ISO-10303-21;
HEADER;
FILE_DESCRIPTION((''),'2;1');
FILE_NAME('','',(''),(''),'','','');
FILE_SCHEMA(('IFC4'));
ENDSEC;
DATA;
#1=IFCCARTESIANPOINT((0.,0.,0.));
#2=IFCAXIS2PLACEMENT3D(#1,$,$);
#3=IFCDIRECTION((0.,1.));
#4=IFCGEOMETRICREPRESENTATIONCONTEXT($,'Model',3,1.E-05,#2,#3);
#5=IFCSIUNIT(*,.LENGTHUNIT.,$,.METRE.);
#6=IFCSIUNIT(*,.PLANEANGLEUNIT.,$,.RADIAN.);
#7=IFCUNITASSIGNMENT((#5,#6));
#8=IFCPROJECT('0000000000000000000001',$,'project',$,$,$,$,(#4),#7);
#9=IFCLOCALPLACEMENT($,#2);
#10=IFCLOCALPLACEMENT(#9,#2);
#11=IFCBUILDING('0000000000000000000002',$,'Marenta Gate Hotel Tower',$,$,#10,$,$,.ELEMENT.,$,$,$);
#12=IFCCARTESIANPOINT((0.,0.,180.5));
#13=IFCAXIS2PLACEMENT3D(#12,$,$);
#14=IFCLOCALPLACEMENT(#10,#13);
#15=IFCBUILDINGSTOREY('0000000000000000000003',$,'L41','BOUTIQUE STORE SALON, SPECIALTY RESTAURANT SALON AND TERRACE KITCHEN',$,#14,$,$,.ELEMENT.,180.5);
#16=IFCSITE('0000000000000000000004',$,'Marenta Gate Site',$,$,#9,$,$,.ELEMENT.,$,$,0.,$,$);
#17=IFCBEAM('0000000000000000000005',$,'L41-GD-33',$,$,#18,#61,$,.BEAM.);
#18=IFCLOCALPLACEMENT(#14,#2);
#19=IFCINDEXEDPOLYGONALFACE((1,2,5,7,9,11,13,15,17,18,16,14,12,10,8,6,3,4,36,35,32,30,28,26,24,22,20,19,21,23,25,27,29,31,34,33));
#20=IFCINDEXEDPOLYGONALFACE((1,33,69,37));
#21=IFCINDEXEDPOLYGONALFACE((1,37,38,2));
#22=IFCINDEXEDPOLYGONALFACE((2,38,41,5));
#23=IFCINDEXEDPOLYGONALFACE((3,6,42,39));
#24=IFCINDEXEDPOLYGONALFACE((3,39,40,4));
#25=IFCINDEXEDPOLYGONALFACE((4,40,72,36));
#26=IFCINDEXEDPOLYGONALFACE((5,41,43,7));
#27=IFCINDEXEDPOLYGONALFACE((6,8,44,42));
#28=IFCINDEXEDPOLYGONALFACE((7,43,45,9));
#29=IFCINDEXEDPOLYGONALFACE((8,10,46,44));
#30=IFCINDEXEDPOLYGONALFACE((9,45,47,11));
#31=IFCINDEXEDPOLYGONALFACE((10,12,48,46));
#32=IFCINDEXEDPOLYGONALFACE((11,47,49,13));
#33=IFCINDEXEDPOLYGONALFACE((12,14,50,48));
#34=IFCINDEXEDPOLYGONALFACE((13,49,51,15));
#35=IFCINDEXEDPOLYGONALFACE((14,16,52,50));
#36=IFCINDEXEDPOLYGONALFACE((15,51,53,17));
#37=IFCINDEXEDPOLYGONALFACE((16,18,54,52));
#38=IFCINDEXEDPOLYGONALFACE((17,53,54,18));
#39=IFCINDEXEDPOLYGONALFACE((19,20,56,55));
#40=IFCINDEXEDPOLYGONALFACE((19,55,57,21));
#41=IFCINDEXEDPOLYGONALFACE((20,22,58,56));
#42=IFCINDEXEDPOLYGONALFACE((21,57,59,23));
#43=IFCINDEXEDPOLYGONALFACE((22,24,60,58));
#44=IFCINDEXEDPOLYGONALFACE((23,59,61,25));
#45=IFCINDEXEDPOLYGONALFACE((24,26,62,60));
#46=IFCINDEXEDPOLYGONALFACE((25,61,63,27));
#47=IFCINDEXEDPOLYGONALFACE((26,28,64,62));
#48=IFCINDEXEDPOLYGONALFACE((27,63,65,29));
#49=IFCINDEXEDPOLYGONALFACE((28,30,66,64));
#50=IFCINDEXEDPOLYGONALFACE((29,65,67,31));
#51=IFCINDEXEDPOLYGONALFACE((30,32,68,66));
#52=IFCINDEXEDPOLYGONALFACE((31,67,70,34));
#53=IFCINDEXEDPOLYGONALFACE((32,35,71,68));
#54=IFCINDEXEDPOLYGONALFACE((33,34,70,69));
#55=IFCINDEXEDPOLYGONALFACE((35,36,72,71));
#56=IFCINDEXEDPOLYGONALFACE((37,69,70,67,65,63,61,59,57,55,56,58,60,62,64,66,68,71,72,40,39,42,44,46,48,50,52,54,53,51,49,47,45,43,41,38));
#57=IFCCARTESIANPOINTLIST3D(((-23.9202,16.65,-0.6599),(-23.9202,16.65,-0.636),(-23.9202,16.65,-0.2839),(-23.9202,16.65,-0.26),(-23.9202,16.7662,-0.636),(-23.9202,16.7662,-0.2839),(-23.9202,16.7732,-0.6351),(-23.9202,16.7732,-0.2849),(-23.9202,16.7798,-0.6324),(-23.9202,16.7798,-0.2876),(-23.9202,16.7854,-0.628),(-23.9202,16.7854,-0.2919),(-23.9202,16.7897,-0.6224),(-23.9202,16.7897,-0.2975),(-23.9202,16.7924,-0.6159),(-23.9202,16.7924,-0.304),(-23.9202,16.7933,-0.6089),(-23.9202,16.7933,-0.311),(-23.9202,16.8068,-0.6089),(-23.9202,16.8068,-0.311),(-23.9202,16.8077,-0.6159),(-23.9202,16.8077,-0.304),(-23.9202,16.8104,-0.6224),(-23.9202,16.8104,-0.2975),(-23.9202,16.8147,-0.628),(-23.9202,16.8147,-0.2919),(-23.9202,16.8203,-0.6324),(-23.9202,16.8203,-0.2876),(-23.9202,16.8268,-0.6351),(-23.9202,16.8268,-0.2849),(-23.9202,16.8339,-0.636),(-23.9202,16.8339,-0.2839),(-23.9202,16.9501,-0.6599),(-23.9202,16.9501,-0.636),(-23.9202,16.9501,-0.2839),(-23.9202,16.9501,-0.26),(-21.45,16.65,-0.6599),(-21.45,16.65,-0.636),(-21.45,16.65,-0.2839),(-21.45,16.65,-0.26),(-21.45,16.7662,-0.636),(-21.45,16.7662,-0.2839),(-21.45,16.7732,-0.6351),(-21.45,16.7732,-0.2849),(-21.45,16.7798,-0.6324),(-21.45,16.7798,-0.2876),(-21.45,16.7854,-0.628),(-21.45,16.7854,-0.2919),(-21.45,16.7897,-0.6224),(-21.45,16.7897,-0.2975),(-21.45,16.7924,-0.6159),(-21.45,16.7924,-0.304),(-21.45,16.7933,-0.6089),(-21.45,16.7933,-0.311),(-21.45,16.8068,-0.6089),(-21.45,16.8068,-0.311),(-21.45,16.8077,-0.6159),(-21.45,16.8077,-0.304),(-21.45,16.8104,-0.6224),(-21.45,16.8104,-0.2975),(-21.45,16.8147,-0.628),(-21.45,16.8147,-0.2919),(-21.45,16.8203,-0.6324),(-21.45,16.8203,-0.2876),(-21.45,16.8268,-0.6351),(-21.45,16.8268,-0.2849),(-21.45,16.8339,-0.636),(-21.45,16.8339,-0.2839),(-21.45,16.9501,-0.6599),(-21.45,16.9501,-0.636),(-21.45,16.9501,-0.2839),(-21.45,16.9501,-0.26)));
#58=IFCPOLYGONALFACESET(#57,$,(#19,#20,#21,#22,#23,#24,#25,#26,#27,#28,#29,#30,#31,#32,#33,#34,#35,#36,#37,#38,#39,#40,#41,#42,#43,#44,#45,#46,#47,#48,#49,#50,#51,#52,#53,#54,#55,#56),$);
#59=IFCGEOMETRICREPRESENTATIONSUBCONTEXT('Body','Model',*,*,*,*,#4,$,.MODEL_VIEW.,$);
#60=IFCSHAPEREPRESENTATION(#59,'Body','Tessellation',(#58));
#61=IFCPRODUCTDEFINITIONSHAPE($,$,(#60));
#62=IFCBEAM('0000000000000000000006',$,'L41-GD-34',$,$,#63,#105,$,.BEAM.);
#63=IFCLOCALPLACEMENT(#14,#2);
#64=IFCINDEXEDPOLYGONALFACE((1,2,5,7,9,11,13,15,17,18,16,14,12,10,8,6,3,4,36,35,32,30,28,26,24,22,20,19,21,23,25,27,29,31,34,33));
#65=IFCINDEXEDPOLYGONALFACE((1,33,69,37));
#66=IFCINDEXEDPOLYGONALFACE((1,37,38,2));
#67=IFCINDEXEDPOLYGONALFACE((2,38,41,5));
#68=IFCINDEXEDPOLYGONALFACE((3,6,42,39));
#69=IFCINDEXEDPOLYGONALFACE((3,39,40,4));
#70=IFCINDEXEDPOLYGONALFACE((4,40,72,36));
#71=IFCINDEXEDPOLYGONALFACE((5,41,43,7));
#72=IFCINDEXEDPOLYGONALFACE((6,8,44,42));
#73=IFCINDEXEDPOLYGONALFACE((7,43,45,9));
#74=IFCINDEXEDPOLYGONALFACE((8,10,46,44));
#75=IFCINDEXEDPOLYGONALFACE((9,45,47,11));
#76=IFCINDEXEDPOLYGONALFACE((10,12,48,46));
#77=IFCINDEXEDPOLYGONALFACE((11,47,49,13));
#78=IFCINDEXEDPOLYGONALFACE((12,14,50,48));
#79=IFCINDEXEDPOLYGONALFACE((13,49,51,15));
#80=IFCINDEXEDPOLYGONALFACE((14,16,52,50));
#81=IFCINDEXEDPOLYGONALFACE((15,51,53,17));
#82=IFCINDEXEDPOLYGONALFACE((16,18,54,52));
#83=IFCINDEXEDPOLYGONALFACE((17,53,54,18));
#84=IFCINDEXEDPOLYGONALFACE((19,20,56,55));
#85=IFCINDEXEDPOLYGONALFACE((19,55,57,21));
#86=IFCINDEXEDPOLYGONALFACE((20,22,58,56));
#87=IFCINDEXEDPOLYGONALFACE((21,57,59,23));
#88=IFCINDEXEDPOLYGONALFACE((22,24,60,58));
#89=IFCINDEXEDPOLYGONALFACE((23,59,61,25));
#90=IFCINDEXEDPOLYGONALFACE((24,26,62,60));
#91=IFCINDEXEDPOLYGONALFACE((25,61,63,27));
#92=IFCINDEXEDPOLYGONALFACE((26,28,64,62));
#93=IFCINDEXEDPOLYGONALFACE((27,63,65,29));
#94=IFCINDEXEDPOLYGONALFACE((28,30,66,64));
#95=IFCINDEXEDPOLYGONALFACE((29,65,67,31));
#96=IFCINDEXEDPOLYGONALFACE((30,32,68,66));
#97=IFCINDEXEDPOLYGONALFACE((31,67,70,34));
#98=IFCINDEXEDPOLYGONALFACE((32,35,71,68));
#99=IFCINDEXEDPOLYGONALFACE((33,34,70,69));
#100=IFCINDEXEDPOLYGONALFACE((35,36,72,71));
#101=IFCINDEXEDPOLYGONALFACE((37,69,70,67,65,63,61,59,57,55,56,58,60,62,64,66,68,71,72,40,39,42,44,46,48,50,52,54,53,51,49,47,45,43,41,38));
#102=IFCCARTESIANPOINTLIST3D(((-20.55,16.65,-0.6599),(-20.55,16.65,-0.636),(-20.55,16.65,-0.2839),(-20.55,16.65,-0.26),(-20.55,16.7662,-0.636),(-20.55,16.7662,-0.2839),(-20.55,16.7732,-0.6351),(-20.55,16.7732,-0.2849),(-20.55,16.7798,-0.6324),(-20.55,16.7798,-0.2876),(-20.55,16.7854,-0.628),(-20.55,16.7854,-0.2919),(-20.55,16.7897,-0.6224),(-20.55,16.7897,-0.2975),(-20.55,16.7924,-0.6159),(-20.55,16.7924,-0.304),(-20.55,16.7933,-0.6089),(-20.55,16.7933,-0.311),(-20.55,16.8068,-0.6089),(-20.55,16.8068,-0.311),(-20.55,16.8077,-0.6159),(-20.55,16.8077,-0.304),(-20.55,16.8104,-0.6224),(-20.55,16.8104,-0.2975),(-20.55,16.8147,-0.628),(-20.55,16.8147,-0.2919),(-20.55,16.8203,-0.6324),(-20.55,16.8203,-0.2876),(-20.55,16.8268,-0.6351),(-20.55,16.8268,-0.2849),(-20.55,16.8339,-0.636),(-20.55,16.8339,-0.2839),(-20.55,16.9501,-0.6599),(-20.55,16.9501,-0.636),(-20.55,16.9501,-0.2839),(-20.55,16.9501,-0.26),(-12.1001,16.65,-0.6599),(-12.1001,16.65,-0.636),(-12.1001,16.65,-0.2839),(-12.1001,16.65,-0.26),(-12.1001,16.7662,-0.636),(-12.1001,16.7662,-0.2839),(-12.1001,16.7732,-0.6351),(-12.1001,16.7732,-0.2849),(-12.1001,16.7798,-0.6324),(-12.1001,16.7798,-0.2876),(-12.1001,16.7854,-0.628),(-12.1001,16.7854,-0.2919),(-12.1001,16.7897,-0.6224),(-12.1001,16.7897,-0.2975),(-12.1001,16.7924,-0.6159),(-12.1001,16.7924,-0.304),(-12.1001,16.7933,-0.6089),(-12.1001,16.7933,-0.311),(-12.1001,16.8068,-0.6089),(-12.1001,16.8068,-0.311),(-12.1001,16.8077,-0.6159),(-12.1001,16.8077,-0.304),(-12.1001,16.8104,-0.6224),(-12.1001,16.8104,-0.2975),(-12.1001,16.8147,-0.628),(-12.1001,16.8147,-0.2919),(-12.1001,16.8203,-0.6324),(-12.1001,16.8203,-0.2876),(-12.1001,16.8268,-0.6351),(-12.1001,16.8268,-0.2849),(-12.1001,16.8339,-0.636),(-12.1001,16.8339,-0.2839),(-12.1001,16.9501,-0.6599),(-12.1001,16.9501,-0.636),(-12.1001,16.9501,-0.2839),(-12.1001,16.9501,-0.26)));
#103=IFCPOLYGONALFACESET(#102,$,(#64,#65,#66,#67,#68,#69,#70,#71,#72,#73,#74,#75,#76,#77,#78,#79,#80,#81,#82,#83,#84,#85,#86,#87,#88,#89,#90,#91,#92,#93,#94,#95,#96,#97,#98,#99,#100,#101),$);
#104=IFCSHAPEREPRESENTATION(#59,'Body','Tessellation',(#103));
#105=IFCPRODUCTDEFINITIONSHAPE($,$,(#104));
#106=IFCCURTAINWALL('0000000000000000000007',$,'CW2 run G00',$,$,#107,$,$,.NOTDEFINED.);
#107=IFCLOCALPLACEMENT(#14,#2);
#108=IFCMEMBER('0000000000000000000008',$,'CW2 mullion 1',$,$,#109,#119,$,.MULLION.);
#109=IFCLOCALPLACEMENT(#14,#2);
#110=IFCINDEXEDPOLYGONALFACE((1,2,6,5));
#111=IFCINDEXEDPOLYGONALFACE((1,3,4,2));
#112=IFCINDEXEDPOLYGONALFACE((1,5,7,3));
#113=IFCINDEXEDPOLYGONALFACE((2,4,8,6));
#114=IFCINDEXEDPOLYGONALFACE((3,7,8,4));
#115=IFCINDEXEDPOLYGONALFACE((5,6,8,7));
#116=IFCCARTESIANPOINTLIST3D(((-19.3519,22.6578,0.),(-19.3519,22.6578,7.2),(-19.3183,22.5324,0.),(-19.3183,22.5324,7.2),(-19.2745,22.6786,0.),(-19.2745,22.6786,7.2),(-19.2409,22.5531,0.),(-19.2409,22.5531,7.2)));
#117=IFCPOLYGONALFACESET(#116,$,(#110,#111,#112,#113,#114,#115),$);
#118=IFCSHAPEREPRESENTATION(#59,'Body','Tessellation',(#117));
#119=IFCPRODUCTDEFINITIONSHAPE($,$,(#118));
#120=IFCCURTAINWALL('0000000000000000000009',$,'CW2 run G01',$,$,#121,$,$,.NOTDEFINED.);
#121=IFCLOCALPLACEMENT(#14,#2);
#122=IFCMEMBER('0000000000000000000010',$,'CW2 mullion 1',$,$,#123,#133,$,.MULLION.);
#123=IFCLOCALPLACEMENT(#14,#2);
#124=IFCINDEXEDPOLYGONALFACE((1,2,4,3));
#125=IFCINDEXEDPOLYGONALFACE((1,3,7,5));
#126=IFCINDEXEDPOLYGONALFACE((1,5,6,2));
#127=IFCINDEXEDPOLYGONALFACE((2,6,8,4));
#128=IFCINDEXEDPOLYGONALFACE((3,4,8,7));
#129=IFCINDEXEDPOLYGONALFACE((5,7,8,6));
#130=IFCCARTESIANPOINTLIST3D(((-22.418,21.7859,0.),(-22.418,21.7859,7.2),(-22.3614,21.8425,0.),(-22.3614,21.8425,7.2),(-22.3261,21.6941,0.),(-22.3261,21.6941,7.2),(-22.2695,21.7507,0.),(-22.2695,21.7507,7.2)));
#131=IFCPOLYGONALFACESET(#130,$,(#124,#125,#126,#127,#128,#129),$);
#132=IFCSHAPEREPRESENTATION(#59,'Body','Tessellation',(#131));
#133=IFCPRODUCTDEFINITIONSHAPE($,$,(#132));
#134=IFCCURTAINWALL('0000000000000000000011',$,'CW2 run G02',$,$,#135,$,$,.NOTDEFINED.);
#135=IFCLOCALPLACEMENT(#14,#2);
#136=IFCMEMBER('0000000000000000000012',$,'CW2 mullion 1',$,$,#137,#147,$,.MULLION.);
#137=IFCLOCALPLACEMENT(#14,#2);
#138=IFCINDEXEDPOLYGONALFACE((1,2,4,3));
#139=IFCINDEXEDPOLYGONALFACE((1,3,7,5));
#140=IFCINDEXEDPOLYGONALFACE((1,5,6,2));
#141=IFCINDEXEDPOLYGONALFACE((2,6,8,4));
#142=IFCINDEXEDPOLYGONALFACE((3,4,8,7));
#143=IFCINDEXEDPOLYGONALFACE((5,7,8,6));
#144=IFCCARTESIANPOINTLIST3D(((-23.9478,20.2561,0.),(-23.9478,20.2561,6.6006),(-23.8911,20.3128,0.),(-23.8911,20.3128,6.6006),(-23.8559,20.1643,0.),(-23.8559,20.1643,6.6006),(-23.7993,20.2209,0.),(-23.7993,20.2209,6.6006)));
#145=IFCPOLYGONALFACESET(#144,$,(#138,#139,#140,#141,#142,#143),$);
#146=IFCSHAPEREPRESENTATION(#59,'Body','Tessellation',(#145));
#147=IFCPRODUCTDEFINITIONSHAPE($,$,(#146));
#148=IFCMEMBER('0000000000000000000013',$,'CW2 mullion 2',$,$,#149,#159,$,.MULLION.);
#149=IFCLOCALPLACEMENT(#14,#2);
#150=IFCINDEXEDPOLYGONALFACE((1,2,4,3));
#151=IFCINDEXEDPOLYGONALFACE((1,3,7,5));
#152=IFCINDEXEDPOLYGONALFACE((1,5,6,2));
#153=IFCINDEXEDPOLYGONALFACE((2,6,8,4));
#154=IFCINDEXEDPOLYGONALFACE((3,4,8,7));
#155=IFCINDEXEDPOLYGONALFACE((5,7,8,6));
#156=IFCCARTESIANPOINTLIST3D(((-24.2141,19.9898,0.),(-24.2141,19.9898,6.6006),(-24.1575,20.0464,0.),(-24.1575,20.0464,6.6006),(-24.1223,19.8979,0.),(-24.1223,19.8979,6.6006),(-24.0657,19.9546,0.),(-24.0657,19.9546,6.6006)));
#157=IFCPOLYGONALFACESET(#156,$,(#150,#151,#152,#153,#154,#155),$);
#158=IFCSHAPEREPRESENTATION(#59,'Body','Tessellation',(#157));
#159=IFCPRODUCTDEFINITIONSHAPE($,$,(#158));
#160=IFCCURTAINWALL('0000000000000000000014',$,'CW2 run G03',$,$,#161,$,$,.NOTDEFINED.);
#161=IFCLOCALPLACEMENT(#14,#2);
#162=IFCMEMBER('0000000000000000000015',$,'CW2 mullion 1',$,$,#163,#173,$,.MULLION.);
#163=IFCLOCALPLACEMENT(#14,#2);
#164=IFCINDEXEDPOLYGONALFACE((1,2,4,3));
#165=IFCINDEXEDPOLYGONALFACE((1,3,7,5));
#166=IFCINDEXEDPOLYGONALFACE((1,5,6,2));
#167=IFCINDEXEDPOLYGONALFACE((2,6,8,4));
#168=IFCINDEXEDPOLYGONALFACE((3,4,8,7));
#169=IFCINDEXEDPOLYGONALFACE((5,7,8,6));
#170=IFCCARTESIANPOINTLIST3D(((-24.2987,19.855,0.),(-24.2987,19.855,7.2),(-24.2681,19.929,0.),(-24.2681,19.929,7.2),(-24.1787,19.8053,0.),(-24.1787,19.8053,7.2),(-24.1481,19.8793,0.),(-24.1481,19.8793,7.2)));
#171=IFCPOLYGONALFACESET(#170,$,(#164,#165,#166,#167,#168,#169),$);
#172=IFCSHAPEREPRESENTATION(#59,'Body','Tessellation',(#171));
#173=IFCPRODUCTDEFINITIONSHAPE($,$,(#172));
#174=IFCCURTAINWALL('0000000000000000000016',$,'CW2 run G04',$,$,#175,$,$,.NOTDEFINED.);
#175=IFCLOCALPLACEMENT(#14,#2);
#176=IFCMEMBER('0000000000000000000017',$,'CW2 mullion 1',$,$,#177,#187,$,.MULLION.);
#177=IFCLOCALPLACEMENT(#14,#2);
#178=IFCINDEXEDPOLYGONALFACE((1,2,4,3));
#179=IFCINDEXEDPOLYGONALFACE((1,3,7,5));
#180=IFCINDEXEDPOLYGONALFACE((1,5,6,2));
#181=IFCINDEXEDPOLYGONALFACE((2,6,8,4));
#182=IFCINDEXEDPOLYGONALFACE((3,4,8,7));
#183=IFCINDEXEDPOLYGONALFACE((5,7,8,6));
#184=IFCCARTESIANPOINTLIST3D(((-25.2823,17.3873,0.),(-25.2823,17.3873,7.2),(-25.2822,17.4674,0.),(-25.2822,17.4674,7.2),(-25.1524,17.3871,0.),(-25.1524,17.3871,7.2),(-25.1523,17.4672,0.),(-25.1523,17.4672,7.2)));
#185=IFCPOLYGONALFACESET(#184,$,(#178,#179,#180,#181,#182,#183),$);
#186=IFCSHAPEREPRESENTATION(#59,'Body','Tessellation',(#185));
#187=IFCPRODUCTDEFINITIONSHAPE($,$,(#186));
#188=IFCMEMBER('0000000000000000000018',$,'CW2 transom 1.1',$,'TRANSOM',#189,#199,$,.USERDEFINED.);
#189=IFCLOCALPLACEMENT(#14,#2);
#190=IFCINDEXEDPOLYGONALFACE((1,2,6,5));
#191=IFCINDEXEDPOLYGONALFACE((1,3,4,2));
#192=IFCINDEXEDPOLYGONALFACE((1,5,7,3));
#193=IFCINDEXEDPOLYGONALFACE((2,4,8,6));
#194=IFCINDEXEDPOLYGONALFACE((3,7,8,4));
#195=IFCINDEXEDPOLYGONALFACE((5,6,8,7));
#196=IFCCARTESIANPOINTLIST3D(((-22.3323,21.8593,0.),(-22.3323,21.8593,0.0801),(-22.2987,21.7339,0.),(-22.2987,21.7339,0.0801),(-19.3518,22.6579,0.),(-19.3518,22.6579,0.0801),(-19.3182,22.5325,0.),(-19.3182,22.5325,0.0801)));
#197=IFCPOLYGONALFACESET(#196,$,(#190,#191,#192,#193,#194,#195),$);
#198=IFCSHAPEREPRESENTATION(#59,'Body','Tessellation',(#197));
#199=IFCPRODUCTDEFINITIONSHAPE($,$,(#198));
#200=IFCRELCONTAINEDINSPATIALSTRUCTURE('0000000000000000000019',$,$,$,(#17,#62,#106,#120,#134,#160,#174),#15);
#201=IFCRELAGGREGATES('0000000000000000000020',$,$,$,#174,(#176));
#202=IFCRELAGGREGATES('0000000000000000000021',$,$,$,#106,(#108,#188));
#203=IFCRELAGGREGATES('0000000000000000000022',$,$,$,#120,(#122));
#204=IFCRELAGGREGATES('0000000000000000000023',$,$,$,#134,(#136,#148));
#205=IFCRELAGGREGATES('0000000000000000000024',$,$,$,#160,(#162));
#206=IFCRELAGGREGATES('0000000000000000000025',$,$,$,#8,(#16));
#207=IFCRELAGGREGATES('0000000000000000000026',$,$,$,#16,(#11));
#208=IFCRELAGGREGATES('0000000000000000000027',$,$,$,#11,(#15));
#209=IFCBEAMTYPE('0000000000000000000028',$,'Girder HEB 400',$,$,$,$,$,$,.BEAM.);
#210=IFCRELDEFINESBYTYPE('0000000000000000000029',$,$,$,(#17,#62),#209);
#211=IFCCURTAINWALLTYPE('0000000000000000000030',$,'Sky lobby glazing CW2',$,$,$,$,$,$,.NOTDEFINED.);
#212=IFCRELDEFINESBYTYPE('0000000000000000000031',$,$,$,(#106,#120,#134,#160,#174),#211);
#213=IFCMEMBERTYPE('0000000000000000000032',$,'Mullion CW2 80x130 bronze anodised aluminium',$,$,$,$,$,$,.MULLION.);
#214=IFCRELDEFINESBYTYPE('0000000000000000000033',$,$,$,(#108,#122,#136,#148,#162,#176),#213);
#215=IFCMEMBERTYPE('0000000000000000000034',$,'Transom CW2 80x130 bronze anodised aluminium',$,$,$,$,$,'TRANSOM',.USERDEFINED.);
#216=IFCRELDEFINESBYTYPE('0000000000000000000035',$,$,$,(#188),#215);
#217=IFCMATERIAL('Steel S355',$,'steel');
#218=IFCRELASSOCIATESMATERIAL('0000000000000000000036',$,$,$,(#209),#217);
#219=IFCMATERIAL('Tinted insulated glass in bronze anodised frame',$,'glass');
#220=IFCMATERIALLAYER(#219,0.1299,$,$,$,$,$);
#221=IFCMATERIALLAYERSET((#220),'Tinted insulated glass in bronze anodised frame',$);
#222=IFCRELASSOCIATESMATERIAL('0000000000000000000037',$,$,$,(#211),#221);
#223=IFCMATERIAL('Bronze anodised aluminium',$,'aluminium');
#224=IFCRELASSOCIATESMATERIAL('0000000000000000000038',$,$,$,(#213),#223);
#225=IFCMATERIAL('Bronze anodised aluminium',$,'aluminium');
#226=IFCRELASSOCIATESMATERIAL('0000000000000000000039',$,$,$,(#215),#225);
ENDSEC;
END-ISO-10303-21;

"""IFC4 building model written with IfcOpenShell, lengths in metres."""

from ifc_helpers import new_model, si_unit, direction, frame, origin, origin_2d, place, context, subcontext, project, spatial, rectangle, i_section, extrude, material, layer, layer_set, material_profile, profile_set, type_object, element, aggregate, save


model = new_model("IFC4")

# Units and contexts
model_context = context("Model", 3, precision=1e-05, world=origin(), true_north=direction((0.0, 1.0)))
body_context = subcontext(model_context, "Body", "Model", "MODEL_VIEW")
ifc_project = project(units=[si_unit("LENGTHUNIT", "METRE"), si_unit("PLANEANGLEUNIT", "RADIAN")], contexts=[model_context])

# Site, building, storey
site_placement = place(None, origin())
site = spatial("IfcSite", under=ifc_project, at=site_placement, Name="Marenta Gate Site", CompositionType="ELEMENT", RefElevation=0.0)
building_placement = place(site_placement, origin())
building = spatial("IfcBuilding", under=site, at=building_placement, Name="Marenta Gate Hotel Tower", CompositionType="ELEMENT")
storey_placement = place(building_placement, frame((0.0, 0.0, 180.5)))
storey = spatial("IfcBuildingStorey", under=building, at=storey_placement, Name="L41", Description="BOUTIQUE STORE SALON, SPECIALTY RESTAURANT SALON AND TERRACE KITCHEN", CompositionType="ELEMENT", Elevation=180.5)

# Beams
ifc_material_1 = material(Name="Steel S355", Category="steel")
ifc_material_profile_1 = material_profile(ifc_material_1, i_section(OverallWidth=0.3, OverallDepth=0.3999, WebThickness=0.0134, FlangeThickness=0.0239, FilletRadius=0.0271, at=origin_2d()), Name="HEB 400")
ifc_profile_set_1 = profile_set([ifc_material_profile_1], Name="Steel S355")
beam_type_1 = type_object("IfcBeamType", Name="Girder HEB 400", PredefinedType="BEAM", material=ifc_profile_set_1)
beam_1_placement = place(storey_placement, frame((-23.9202, 16.8, -0.46), z_axis=(1.0, 0.0, 0.0), x_axis=(0.0, 1.0, 0.0)))
element("IfcBeam", 1, at=beam_1_placement, inside=storey, type_object=beam_type_1, Name="L41-GD-33", PredefinedType="BEAM", context=body_context, shape_type="SweptSolid", body=[
    extrude(i_section(OverallWidth=0.3, OverallDepth=0.3999, WebThickness=0.0134, FlangeThickness=0.0239, FilletRadius=0.0271, at=origin_2d()), origin(), (0.0, 0.0, 1.0), 2.4702),
])
beam_2_placement = place(storey_placement, frame((-20.55, 16.8, -0.46), z_axis=(1.0, 0.0, 0.0), x_axis=(0.0, 1.0, 0.0)))
element("IfcBeam", 2, at=beam_2_placement, inside=storey, type_object=beam_type_1, Name="L41-GD-34", PredefinedType="BEAM", context=body_context, shape_type="SweptSolid", body=[
    extrude(i_section(OverallWidth=0.3, OverallDepth=0.3999, WebThickness=0.0134, FlangeThickness=0.0239, FilletRadius=0.0271, at=origin_2d()), origin(), (0.0, 0.0, 1.0), 8.45),
])

# Curtain walls, members
ifc_material_2 = material(Name="Tinted insulated glass in bronze anodised frame", Category="glass")
ifc_layer_1 = layer(ifc_material_2, 0.1299)
ifc_layer_set_1 = layer_set([ifc_layer_1], Name="Tinted insulated glass in bronze anodised frame")
curtain_wall_type = type_object("IfcCurtainWallType", Name="Sky lobby glazing CW2", PredefinedType="NOTDEFINED", material=ifc_layer_set_1)
curtain_wall_1_placement = place(storey_placement, origin())
curtain_wall_1 = element("IfcCurtainWall", 3, at=curtain_wall_1_placement, inside=storey, type_object=curtain_wall_type, Name="CW2 run G00", PredefinedType="NOTDEFINED")
ifc_material_3 = material(Name="Bronze anodised aluminium", Category="aluminium")
ifc_material_profile_2 = material_profile(ifc_material_3, rectangle(XDim=0.1299, YDim=0.0801, at=origin_2d()), Name="Mullion CW2 80x130 bronze anodised aluminium")
ifc_profile_set_2 = profile_set([ifc_material_profile_2], Name="Bronze anodised aluminium")
member_type_1 = type_object("IfcMemberType", Name="Mullion CW2 80x130 bronze anodised aluminium", PredefinedType="MULLION", material=ifc_profile_set_2)
member_1_placement = place(storey_placement, frame((-19.2964, 22.6055, 0.0), z_axis=(0.0, 0.0, 1.0), x_axis=(0.258787, -0.965934, 0.0)))
member_1 = element("IfcMember", 4, at=member_1_placement, type_object=member_type_1, Name="CW2 mullion 1", PredefinedType="MULLION", context=body_context, shape_type="SweptSolid", body=[
    extrude(rectangle(XDim=0.1299, YDim=0.0801, at=origin_2d()), origin(), (0.0, 0.0, 1.0), 7.2),
])
curtain_wall_2_placement = place(storey_placement, origin())
curtain_wall_2 = element("IfcCurtainWall", 5, at=curtain_wall_2_placement, inside=storey, type_object=curtain_wall_type, Name="CW2 run G01", PredefinedType="NOTDEFINED")
member_2_placement = place(storey_placement, frame((-22.3438, 21.7683, 0.0), z_axis=(0.0, 0.0, 1.0), x_axis=(0.707107, -0.707107, 0.0)))
member_2 = element("IfcMember", 6, at=member_2_placement, type_object=member_type_1, Name="CW2 mullion 1", PredefinedType="MULLION", context=body_context, shape_type="SweptSolid", body=[
    extrude(rectangle(XDim=0.1299, YDim=0.0801, at=origin_2d()), origin(), (0.0, 0.0, 1.0), 7.2),
])

# Curtain wall, members
curtain_wall_3_placement = place(storey_placement, origin())
curtain_wall_3 = element("IfcCurtainWall", 7, at=curtain_wall_3_placement, inside=storey, type_object=curtain_wall_type, Name="CW2 run G02", PredefinedType="NOTDEFINED")
member_3_placement = place(storey_placement, frame((-23.8735, 20.2385, 0.0), z_axis=(0.0, 0.0, 1.0), x_axis=(0.707107, -0.707107, 0.0)))
member_3 = element("IfcMember", 8, at=member_3_placement, type_object=member_type_1, Name="CW2 mullion 1", PredefinedType="MULLION", context=body_context, shape_type="SweptSolid", body=[
    extrude(rectangle(XDim=0.1299, YDim=0.0801, at=origin_2d()), origin(), (0.0, 0.0, 1.0), 6.6006),
])
member_4_placement = place(storey_placement, frame((-24.1399, 19.9722, 0.0), z_axis=(0.0, 0.0, 1.0), x_axis=(0.707107, -0.707107, 0.0)))
member_4 = element("IfcMember", 9, at=member_4_placement, type_object=member_type_1, Name="CW2 mullion 2", PredefinedType="MULLION", context=body_context, shape_type="SweptSolid", body=[
    extrude(rectangle(XDim=0.1299, YDim=0.0801, at=origin_2d()), origin(), (0.0, 0.0, 1.0), 6.6006),
])

# Curtain walls, members
curtain_wall_4_placement = place(storey_placement, origin())
curtain_wall_4 = element("IfcCurtainWall", 10, at=curtain_wall_4_placement, inside=storey, type_object=curtain_wall_type, Name="CW2 run G03", PredefinedType="NOTDEFINED")
member_5_placement = place(storey_placement, frame((-24.2234, 19.8672, 0.0), z_axis=(0.0, 0.0, 1.0), x_axis=(0.923893, -0.382652, 0.0)))
member_5 = element("IfcMember", 11, at=member_5_placement, type_object=member_type_1, Name="CW2 mullion 1", PredefinedType="MULLION", context=body_context, shape_type="SweptSolid", body=[
    extrude(rectangle(XDim=0.1299, YDim=0.0801, at=origin_2d()), origin(), (0.0, 0.0, 1.0), 7.2),
])
curtain_wall_5_placement = place(storey_placement, origin())
curtain_wall_5 = element("IfcCurtainWall", 12, at=curtain_wall_5_placement, inside=storey, type_object=curtain_wall_type, Name="CW2 run G04", PredefinedType="NOTDEFINED")
member_6_placement = place(storey_placement, frame((-25.2173, 17.4272, 0.0), z_axis=(0.0, 0.0, 1.0), x_axis=(0.999999, -0.001566, 0.0)))
member_6 = element("IfcMember", 13, at=member_6_placement, type_object=member_type_1, Name="CW2 mullion 1", PredefinedType="MULLION", context=body_context, shape_type="SweptSolid", body=[
    extrude(rectangle(XDim=0.1299, YDim=0.0801, at=origin_2d()), origin(), (0.0, 0.0, 1.0), 7.2),
])

# Member
ifc_material_4 = material(Name="Bronze anodised aluminium", Category="aluminium")
ifc_material_profile_3 = material_profile(ifc_material_4, rectangle(XDim=0.1299, YDim=0.0801, at=origin_2d()), Name="Transom CW2 80x130 bronze anodised aluminium")
ifc_profile_set_3 = profile_set([ifc_material_profile_3], Name="Bronze anodised aluminium")
member_type_2 = type_object("IfcMemberType", Name="Transom CW2 80x130 bronze anodised aluminium", ElementType="TRANSOM", PredefinedType="USERDEFINED", material=ifc_profile_set_3)
member_7_placement = place(storey_placement, frame((-19.335, 22.5952, 0.04), z_axis=(-0.965928, -0.25881, 0.0), x_axis=(0.25881, -0.965928, 0.0)))
member_7 = element("IfcMember", 14, at=member_7_placement, type_object=member_type_2, Name="CW2 transom 1.1", ObjectType="TRANSOM", PredefinedType="USERDEFINED", context=body_context, shape_type="SweptSolid", body=[
    extrude(rectangle(XDim=0.1299, YDim=0.0801, at=origin_2d()), origin(), (0.0, 0.0, 1.0), 3.0857),
])
aggregate(curtain_wall_5, [member_6])

aggregate(curtain_wall_1, [member_1, member_7])
aggregate(curtain_wall_2, [member_2])
aggregate(curtain_wall_3, [member_3, member_4])
aggregate(curtain_wall_4, [member_5])

save(model, "model.ifc")
